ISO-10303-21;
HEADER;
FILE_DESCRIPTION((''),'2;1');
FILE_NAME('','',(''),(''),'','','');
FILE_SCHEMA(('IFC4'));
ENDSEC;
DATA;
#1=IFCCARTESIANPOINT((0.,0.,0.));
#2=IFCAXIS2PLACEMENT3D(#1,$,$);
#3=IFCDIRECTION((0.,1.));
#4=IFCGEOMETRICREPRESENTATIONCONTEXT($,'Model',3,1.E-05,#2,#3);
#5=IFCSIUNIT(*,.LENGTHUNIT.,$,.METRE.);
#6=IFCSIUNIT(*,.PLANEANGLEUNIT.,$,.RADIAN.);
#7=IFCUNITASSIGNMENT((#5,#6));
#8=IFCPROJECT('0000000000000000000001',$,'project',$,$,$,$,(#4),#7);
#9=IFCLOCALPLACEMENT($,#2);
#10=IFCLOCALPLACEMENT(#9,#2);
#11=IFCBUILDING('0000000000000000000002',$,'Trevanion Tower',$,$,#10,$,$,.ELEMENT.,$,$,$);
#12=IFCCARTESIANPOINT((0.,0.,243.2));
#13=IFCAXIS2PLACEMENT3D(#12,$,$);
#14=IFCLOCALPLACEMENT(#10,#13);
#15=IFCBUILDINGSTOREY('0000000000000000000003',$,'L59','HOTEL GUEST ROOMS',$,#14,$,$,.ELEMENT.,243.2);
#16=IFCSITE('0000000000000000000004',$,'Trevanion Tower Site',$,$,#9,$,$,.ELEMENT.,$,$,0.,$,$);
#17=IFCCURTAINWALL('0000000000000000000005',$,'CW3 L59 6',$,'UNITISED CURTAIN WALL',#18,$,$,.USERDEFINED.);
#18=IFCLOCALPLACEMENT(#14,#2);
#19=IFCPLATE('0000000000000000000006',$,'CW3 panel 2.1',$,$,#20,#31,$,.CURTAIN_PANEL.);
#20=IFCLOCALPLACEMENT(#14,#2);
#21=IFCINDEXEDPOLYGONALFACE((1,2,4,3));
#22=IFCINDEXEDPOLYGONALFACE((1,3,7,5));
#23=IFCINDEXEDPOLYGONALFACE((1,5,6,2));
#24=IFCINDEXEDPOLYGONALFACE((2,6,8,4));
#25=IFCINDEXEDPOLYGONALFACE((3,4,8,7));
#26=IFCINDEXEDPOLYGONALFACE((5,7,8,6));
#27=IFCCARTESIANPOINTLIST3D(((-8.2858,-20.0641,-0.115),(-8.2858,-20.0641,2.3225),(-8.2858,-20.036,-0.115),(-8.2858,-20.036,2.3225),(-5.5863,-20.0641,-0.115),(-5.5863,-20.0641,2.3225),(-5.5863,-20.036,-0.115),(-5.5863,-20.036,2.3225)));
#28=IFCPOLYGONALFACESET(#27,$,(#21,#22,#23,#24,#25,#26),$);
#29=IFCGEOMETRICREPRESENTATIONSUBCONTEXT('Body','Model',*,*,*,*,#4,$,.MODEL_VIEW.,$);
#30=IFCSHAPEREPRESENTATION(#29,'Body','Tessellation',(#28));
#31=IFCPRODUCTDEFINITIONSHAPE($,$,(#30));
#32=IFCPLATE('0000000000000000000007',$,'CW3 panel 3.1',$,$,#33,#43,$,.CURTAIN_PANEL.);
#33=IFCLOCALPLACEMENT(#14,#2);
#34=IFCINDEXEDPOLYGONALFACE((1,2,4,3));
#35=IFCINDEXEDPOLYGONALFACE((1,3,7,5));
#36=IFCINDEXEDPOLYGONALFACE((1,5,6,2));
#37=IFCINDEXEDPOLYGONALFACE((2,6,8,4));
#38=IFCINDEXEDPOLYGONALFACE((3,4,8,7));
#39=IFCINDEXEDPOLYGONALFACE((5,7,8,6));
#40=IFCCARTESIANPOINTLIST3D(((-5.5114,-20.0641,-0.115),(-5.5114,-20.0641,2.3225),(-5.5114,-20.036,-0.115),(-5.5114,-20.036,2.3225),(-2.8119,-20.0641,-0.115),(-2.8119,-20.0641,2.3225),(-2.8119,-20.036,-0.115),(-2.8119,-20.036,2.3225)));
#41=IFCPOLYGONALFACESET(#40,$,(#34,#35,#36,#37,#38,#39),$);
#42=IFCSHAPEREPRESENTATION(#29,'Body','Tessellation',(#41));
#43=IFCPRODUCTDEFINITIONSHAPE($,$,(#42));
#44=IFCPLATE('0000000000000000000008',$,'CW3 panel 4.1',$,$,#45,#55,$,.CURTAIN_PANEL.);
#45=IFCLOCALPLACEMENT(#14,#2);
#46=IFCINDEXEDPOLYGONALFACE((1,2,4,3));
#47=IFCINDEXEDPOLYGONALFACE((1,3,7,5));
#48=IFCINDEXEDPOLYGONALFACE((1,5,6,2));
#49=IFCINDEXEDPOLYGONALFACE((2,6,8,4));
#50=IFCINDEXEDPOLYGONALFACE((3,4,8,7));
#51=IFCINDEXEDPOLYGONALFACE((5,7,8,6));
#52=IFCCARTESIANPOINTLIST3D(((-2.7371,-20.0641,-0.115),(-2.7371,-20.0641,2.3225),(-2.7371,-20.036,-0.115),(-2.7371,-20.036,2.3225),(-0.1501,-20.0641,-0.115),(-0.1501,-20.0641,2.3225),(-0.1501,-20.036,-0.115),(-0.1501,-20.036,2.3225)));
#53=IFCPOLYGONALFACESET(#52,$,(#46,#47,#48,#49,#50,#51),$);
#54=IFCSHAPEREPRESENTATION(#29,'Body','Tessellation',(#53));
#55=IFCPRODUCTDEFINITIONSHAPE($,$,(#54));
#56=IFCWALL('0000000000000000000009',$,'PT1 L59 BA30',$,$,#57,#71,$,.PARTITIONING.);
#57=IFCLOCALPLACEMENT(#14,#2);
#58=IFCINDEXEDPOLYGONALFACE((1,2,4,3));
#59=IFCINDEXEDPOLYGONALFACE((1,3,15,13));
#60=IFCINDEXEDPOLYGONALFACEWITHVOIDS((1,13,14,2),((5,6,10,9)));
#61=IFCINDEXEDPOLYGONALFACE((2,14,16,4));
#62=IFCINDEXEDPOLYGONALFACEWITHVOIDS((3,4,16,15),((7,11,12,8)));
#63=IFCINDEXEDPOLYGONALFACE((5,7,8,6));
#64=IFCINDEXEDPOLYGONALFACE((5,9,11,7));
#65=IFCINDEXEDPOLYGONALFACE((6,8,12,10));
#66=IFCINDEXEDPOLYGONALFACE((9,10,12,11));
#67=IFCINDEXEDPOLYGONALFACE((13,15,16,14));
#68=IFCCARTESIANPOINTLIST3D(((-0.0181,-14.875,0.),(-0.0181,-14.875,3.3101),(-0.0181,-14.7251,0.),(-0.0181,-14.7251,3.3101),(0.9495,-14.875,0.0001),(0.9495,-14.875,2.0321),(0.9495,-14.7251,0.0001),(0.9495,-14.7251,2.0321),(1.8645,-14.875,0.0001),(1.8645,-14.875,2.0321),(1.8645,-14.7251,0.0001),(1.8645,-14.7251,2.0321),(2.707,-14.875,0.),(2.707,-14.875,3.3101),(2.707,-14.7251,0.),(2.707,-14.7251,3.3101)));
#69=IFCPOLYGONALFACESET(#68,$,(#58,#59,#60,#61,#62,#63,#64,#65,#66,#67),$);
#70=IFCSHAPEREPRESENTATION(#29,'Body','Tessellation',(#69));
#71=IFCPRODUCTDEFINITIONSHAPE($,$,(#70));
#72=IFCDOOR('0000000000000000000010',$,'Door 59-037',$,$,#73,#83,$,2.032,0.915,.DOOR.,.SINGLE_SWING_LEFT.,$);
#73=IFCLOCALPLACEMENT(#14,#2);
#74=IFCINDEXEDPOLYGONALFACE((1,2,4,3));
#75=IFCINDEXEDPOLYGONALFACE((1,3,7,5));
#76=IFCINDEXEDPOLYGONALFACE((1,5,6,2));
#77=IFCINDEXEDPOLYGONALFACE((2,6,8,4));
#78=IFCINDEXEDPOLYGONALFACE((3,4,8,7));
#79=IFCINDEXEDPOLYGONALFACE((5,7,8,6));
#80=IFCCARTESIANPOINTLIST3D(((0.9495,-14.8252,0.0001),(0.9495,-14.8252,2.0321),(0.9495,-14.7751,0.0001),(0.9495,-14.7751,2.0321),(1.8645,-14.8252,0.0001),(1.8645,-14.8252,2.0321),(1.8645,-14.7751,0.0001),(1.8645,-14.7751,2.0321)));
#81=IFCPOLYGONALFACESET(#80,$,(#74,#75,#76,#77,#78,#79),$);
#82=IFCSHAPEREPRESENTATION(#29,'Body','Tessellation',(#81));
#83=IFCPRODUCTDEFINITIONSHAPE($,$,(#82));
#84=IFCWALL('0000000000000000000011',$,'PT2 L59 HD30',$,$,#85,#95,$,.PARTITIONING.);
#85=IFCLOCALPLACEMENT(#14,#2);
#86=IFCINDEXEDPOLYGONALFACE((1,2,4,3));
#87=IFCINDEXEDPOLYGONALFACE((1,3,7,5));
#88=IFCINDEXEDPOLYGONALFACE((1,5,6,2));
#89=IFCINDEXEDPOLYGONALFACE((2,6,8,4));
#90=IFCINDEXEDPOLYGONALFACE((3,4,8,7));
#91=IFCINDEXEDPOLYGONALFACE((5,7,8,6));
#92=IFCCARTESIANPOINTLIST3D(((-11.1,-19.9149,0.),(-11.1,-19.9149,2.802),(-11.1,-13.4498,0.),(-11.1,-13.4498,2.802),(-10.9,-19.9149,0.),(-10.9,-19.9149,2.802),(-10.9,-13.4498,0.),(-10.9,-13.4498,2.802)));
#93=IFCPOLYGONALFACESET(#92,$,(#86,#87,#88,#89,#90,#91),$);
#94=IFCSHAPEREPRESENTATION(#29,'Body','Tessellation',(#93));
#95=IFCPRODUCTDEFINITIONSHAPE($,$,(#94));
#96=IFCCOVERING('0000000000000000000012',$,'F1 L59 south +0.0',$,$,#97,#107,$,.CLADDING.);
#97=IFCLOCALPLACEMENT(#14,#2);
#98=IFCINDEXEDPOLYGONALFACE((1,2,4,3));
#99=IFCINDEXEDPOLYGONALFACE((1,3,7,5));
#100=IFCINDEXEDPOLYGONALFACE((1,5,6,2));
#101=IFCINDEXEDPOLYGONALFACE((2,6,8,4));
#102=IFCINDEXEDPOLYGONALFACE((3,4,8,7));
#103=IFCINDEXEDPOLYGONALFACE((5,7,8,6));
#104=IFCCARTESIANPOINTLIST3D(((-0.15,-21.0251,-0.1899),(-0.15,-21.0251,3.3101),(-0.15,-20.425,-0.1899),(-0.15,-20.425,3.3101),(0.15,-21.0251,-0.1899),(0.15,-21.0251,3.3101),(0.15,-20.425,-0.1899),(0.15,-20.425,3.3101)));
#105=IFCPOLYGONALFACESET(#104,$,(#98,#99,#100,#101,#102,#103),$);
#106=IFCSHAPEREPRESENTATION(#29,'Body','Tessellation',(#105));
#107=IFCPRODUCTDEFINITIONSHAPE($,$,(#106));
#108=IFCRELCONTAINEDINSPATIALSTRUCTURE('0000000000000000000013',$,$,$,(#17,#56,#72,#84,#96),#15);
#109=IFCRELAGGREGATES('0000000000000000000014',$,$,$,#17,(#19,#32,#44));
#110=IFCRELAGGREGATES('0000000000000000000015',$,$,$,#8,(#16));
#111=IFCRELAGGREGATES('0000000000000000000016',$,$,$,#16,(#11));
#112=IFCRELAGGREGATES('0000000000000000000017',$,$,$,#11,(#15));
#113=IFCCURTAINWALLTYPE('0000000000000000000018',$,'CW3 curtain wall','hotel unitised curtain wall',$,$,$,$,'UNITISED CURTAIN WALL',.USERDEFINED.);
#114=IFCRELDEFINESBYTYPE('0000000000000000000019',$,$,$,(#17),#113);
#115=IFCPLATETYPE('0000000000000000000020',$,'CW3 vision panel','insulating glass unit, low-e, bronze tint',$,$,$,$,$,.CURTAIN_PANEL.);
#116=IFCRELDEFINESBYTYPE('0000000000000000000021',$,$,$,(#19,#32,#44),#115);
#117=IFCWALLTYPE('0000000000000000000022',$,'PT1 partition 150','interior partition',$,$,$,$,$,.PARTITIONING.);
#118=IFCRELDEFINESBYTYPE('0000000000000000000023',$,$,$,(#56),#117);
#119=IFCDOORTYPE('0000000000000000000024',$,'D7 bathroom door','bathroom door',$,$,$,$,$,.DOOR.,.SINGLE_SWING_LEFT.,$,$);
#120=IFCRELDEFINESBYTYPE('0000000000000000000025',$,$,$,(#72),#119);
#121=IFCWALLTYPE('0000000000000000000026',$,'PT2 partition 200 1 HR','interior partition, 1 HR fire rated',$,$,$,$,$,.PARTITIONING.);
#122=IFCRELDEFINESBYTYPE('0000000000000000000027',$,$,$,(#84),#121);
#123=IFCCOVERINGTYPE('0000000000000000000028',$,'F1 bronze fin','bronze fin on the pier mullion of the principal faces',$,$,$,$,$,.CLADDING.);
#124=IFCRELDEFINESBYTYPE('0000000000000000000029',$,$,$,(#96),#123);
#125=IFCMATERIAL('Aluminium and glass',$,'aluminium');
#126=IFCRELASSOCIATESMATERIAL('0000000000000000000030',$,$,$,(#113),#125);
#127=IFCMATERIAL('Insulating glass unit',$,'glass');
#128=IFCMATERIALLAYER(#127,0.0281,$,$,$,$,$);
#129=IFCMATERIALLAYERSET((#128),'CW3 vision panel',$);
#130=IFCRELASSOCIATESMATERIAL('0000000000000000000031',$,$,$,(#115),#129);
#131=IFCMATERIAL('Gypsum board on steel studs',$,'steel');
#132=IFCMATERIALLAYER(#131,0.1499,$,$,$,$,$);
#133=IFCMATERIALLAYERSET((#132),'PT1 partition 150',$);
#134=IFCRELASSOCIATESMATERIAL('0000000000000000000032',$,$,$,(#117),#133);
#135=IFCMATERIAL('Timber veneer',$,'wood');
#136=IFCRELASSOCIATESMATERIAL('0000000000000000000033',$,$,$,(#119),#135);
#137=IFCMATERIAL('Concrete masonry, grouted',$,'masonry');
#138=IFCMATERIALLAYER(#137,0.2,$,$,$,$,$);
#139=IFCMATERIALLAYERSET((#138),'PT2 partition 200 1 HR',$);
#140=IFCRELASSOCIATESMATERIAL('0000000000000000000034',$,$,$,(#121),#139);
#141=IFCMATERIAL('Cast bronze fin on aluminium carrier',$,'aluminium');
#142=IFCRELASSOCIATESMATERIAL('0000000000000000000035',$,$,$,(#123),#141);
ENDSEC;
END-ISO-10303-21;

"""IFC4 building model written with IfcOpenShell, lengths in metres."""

from ifc_helpers import new_model, si_unit, direction, frame, frame_2d, origin, origin_2d, place, context, subcontext, project, spatial, rectangle, extrude, material, layer, layer_set, type_object, element, fill, aggregate, save


model = new_model("IFC4")

# Units and contexts
model_context = context("Model", 3, precision=1e-05, world=origin(), true_north=direction((0.0, 1.0)))
body_context = subcontext(model_context, "Body", "Model", "MODEL_VIEW")
ifc_project = project(units=[si_unit("LENGTHUNIT", "METRE"), si_unit("PLANEANGLEUNIT", "RADIAN")], contexts=[model_context])

# Site, building, storey
site_placement = place(None, origin())
site = spatial("IfcSite", under=ifc_project, at=site_placement, Name="Trevanion Tower Site", CompositionType="ELEMENT", RefElevation=0.0)
building_placement = place(site_placement, origin())
building = spatial("IfcBuilding", under=site, at=building_placement, Name="Trevanion Tower", CompositionType="ELEMENT")
storey_placement = place(building_placement, frame((0.0, 0.0, 243.2)))
storey = spatial("IfcBuildingStorey", under=building, at=storey_placement, Name="L59", Description="HOTEL GUEST ROOMS", CompositionType="ELEMENT", Elevation=243.2)

# Curtain wall
ifc_material_1 = material(Name="Aluminium and glass", Category="aluminium")
curtain_wall_type = type_object("IfcCurtainWallType", Name="CW3 curtain wall", Description="hotel unitised curtain wall", ElementType="UNITISED CURTAIN WALL", PredefinedType="USERDEFINED", material=ifc_material_1)
curtain_wall_placement = place(storey_placement, origin())
curtain_wall = element("IfcCurtainWall", 1, at=curtain_wall_placement, inside=storey, type_object=curtain_wall_type, Name="CW3 L59 6", ObjectType="UNITISED CURTAIN WALL", PredefinedType="USERDEFINED")

# Plates
ifc_material_2 = material(Name="Insulating glass unit", Category="glass")
ifc_layer_1 = layer(ifc_material_2, 0.0281)
ifc_layer_set_1 = layer_set([ifc_layer_1], Name="CW3 vision panel")
plate_type_1 = type_object("IfcPlateType", Name="CW3 vision panel", Description="insulating glass unit, low-e, bronze tint", PredefinedType="CURTAIN_PANEL", material=ifc_layer_set_1)
plate_1_placement = place(storey_placement, frame((-6.936, -20.05, -0.115), z_axis=(0.0, 0.0, 1.0), x_axis=(1.0, 0.0, 0.0)))
plate_1 = element("IfcPlate", 2, at=plate_1_placement, type_object=plate_type_1, Name="CW3 panel 2.1", PredefinedType="CURTAIN_PANEL", context=body_context, shape_type="SweptSolid", body=[
    extrude(rectangle(XDim=2.6995, YDim=0.0281, at=origin_2d()), origin(), (0.0, 0.0, 1.0), 2.4375),
])
plate_2_placement = place(storey_placement, frame((-4.1616, -20.05, -0.115), z_axis=(0.0, 0.0, 1.0), x_axis=(1.0, 0.0, 0.0)))
plate_2 = element("IfcPlate", 3, at=plate_2_placement, type_object=plate_type_1, Name="CW3 panel 3.1", PredefinedType="CURTAIN_PANEL", context=body_context, shape_type="SweptSolid", body=[
    extrude(rectangle(XDim=2.6995, YDim=0.0281, at=origin_2d()), origin(), (0.0, 0.0, 1.0), 2.4375),
])
plate_3_placement = place(storey_placement, frame((-1.4436, -20.05, -0.115), z_axis=(0.0, 0.0, 1.0), x_axis=(1.0, 0.0, 0.0)))
plate_3 = element("IfcPlate", 4, at=plate_3_placement, type_object=plate_type_1, Name="CW3 panel 4.1", PredefinedType="CURTAIN_PANEL", context=body_context, shape_type="SweptSolid", body=[
    extrude(rectangle(XDim=2.5869, YDim=0.0281, at=origin_2d()), origin(), (0.0, 0.0, 1.0), 2.4375),
])
aggregate(curtain_wall, [plate_1, plate_2, plate_3])

# Wall, opening, door
ifc_material_3 = material(Name="Gypsum board on steel studs", Category="steel")
ifc_layer_2 = layer(ifc_material_3, 0.1499)
ifc_layer_set_2 = layer_set([ifc_layer_2], Name="PT1 partition 150")
wall_type_1 = type_object("IfcWallType", Name="PT1 partition 150", Description="interior partition", PredefinedType="PARTITIONING", material=ifc_layer_set_2)
wall_1_placement = place(storey_placement, frame((-0.0181, -14.8, 0.0), z_axis=(0.0, 0.0, 1.0), x_axis=(1.0, 0.0, 0.0)))
wall_1 = element("IfcWall", 5, at=wall_1_placement, inside=storey, type_object=wall_type_1, Name="PT1 L59 BA30", PredefinedType="PARTITIONING", context=body_context, shape_type="SweptSolid", body=[
    extrude(rectangle(XDim=2.7251, YDim=0.1499, at=frame_2d((1.3625, 0.0))), origin(), (0.0, 0.0, 1.0), 3.3101),
])
opening_placement = place(wall_1_placement, frame((0.9675, 0.0, 0.0)))
opening = element("IfcOpeningElement", 6, at=opening_placement, cuts=wall_1, PredefinedType="OPENING", context=body_context, shape_type="SweptSolid", body=[
    extrude(rectangle(XDim=0.915, YDim=2.032, at=frame_2d((0.4575, 1.0161))), frame((0.0, 0.085, 0.0), z_axis=(0.0, -1.0, 0.0), x_axis=(1.0, 0.0, 0.0)), (0.0, 0.0, 1.0), 0.1699),
])
ifc_material_4 = material(Name="Timber veneer", Category="wood")
door_type = type_object("IfcDoorType", Name="D7 bathroom door", Description="bathroom door", OperationType="SINGLE_SWING_LEFT", PredefinedType="DOOR", material=ifc_material_4)
door_placement = place(opening_placement, origin())
door = element("IfcDoor", 7, at=door_placement, inside=storey, type_object=door_type, Name="Door 59-037", OperationType="SINGLE_SWING_LEFT", OverallHeight=2.032, OverallWidth=0.915, PredefinedType="DOOR", context=body_context, shape_type="SweptSolid", body=[
    extrude(rectangle(XDim=0.915, YDim=2.032, at=frame_2d((0.4575, 1.0161))), frame((0.0, 0.0249, 0.0), z_axis=(0.0, -1.0, 0.0), x_axis=(1.0, 0.0, 0.0)), (0.0, 0.0, 1.0), 0.05),
])
fill(opening, door)

# Wall
ifc_material_5 = material(Name="Concrete masonry, grouted", Category="masonry")
ifc_layer_3 = layer(ifc_material_5, 0.2)
ifc_layer_set_3 = layer_set([ifc_layer_3], Name="PT2 partition 200 1 HR")
wall_type_2 = type_object("IfcWallType", Name="PT2 partition 200 1 HR", Description="interior partition, 1 HR fire rated", PredefinedType="PARTITIONING", material=ifc_layer_set_3)
wall_2_placement = place(storey_placement, frame((-11.0, -13.45, 0.0), z_axis=(0.0, 0.0, 1.0), x_axis=(0.0, -1.0, 0.0)))
element("IfcWall", 8, at=wall_2_placement, inside=storey, type_object=wall_type_2, Name="PT2 L59 HD30", PredefinedType="PARTITIONING", context=body_context, shape_type="SweptSolid", body=[
    extrude(rectangle(XDim=6.4651, YDim=0.2, at=frame_2d((3.2324, 0.0))), origin(), (0.0, 0.0, 1.0), 2.802),
])

# Covering
ifc_material_6 = material(Name="Cast bronze fin on aluminium carrier", Category="aluminium")
covering_type = type_object("IfcCoveringType", Name="F1 bronze fin", Description="bronze fin on the pier mullion of the principal faces", PredefinedType="CLADDING", material=ifc_material_6)
covering_placement = place(storey_placement, frame((0.0, -20.7251, -0.1899), z_axis=(0.0, 0.0, 1.0), x_axis=(1.0, 0.0, 0.0)))
element("IfcCovering", 9, at=covering_placement, inside=storey, type_object=covering_type, Name="F1 L59 south +0.0", PredefinedType="CLADDING", context=body_context, shape_type="SweptSolid", body=[
    extrude(rectangle(XDim=0.3, YDim=0.6001, at=origin_2d()), origin(), (0.0, 0.0, 1.0), 3.5),
])

save(model, "model.ifc")
